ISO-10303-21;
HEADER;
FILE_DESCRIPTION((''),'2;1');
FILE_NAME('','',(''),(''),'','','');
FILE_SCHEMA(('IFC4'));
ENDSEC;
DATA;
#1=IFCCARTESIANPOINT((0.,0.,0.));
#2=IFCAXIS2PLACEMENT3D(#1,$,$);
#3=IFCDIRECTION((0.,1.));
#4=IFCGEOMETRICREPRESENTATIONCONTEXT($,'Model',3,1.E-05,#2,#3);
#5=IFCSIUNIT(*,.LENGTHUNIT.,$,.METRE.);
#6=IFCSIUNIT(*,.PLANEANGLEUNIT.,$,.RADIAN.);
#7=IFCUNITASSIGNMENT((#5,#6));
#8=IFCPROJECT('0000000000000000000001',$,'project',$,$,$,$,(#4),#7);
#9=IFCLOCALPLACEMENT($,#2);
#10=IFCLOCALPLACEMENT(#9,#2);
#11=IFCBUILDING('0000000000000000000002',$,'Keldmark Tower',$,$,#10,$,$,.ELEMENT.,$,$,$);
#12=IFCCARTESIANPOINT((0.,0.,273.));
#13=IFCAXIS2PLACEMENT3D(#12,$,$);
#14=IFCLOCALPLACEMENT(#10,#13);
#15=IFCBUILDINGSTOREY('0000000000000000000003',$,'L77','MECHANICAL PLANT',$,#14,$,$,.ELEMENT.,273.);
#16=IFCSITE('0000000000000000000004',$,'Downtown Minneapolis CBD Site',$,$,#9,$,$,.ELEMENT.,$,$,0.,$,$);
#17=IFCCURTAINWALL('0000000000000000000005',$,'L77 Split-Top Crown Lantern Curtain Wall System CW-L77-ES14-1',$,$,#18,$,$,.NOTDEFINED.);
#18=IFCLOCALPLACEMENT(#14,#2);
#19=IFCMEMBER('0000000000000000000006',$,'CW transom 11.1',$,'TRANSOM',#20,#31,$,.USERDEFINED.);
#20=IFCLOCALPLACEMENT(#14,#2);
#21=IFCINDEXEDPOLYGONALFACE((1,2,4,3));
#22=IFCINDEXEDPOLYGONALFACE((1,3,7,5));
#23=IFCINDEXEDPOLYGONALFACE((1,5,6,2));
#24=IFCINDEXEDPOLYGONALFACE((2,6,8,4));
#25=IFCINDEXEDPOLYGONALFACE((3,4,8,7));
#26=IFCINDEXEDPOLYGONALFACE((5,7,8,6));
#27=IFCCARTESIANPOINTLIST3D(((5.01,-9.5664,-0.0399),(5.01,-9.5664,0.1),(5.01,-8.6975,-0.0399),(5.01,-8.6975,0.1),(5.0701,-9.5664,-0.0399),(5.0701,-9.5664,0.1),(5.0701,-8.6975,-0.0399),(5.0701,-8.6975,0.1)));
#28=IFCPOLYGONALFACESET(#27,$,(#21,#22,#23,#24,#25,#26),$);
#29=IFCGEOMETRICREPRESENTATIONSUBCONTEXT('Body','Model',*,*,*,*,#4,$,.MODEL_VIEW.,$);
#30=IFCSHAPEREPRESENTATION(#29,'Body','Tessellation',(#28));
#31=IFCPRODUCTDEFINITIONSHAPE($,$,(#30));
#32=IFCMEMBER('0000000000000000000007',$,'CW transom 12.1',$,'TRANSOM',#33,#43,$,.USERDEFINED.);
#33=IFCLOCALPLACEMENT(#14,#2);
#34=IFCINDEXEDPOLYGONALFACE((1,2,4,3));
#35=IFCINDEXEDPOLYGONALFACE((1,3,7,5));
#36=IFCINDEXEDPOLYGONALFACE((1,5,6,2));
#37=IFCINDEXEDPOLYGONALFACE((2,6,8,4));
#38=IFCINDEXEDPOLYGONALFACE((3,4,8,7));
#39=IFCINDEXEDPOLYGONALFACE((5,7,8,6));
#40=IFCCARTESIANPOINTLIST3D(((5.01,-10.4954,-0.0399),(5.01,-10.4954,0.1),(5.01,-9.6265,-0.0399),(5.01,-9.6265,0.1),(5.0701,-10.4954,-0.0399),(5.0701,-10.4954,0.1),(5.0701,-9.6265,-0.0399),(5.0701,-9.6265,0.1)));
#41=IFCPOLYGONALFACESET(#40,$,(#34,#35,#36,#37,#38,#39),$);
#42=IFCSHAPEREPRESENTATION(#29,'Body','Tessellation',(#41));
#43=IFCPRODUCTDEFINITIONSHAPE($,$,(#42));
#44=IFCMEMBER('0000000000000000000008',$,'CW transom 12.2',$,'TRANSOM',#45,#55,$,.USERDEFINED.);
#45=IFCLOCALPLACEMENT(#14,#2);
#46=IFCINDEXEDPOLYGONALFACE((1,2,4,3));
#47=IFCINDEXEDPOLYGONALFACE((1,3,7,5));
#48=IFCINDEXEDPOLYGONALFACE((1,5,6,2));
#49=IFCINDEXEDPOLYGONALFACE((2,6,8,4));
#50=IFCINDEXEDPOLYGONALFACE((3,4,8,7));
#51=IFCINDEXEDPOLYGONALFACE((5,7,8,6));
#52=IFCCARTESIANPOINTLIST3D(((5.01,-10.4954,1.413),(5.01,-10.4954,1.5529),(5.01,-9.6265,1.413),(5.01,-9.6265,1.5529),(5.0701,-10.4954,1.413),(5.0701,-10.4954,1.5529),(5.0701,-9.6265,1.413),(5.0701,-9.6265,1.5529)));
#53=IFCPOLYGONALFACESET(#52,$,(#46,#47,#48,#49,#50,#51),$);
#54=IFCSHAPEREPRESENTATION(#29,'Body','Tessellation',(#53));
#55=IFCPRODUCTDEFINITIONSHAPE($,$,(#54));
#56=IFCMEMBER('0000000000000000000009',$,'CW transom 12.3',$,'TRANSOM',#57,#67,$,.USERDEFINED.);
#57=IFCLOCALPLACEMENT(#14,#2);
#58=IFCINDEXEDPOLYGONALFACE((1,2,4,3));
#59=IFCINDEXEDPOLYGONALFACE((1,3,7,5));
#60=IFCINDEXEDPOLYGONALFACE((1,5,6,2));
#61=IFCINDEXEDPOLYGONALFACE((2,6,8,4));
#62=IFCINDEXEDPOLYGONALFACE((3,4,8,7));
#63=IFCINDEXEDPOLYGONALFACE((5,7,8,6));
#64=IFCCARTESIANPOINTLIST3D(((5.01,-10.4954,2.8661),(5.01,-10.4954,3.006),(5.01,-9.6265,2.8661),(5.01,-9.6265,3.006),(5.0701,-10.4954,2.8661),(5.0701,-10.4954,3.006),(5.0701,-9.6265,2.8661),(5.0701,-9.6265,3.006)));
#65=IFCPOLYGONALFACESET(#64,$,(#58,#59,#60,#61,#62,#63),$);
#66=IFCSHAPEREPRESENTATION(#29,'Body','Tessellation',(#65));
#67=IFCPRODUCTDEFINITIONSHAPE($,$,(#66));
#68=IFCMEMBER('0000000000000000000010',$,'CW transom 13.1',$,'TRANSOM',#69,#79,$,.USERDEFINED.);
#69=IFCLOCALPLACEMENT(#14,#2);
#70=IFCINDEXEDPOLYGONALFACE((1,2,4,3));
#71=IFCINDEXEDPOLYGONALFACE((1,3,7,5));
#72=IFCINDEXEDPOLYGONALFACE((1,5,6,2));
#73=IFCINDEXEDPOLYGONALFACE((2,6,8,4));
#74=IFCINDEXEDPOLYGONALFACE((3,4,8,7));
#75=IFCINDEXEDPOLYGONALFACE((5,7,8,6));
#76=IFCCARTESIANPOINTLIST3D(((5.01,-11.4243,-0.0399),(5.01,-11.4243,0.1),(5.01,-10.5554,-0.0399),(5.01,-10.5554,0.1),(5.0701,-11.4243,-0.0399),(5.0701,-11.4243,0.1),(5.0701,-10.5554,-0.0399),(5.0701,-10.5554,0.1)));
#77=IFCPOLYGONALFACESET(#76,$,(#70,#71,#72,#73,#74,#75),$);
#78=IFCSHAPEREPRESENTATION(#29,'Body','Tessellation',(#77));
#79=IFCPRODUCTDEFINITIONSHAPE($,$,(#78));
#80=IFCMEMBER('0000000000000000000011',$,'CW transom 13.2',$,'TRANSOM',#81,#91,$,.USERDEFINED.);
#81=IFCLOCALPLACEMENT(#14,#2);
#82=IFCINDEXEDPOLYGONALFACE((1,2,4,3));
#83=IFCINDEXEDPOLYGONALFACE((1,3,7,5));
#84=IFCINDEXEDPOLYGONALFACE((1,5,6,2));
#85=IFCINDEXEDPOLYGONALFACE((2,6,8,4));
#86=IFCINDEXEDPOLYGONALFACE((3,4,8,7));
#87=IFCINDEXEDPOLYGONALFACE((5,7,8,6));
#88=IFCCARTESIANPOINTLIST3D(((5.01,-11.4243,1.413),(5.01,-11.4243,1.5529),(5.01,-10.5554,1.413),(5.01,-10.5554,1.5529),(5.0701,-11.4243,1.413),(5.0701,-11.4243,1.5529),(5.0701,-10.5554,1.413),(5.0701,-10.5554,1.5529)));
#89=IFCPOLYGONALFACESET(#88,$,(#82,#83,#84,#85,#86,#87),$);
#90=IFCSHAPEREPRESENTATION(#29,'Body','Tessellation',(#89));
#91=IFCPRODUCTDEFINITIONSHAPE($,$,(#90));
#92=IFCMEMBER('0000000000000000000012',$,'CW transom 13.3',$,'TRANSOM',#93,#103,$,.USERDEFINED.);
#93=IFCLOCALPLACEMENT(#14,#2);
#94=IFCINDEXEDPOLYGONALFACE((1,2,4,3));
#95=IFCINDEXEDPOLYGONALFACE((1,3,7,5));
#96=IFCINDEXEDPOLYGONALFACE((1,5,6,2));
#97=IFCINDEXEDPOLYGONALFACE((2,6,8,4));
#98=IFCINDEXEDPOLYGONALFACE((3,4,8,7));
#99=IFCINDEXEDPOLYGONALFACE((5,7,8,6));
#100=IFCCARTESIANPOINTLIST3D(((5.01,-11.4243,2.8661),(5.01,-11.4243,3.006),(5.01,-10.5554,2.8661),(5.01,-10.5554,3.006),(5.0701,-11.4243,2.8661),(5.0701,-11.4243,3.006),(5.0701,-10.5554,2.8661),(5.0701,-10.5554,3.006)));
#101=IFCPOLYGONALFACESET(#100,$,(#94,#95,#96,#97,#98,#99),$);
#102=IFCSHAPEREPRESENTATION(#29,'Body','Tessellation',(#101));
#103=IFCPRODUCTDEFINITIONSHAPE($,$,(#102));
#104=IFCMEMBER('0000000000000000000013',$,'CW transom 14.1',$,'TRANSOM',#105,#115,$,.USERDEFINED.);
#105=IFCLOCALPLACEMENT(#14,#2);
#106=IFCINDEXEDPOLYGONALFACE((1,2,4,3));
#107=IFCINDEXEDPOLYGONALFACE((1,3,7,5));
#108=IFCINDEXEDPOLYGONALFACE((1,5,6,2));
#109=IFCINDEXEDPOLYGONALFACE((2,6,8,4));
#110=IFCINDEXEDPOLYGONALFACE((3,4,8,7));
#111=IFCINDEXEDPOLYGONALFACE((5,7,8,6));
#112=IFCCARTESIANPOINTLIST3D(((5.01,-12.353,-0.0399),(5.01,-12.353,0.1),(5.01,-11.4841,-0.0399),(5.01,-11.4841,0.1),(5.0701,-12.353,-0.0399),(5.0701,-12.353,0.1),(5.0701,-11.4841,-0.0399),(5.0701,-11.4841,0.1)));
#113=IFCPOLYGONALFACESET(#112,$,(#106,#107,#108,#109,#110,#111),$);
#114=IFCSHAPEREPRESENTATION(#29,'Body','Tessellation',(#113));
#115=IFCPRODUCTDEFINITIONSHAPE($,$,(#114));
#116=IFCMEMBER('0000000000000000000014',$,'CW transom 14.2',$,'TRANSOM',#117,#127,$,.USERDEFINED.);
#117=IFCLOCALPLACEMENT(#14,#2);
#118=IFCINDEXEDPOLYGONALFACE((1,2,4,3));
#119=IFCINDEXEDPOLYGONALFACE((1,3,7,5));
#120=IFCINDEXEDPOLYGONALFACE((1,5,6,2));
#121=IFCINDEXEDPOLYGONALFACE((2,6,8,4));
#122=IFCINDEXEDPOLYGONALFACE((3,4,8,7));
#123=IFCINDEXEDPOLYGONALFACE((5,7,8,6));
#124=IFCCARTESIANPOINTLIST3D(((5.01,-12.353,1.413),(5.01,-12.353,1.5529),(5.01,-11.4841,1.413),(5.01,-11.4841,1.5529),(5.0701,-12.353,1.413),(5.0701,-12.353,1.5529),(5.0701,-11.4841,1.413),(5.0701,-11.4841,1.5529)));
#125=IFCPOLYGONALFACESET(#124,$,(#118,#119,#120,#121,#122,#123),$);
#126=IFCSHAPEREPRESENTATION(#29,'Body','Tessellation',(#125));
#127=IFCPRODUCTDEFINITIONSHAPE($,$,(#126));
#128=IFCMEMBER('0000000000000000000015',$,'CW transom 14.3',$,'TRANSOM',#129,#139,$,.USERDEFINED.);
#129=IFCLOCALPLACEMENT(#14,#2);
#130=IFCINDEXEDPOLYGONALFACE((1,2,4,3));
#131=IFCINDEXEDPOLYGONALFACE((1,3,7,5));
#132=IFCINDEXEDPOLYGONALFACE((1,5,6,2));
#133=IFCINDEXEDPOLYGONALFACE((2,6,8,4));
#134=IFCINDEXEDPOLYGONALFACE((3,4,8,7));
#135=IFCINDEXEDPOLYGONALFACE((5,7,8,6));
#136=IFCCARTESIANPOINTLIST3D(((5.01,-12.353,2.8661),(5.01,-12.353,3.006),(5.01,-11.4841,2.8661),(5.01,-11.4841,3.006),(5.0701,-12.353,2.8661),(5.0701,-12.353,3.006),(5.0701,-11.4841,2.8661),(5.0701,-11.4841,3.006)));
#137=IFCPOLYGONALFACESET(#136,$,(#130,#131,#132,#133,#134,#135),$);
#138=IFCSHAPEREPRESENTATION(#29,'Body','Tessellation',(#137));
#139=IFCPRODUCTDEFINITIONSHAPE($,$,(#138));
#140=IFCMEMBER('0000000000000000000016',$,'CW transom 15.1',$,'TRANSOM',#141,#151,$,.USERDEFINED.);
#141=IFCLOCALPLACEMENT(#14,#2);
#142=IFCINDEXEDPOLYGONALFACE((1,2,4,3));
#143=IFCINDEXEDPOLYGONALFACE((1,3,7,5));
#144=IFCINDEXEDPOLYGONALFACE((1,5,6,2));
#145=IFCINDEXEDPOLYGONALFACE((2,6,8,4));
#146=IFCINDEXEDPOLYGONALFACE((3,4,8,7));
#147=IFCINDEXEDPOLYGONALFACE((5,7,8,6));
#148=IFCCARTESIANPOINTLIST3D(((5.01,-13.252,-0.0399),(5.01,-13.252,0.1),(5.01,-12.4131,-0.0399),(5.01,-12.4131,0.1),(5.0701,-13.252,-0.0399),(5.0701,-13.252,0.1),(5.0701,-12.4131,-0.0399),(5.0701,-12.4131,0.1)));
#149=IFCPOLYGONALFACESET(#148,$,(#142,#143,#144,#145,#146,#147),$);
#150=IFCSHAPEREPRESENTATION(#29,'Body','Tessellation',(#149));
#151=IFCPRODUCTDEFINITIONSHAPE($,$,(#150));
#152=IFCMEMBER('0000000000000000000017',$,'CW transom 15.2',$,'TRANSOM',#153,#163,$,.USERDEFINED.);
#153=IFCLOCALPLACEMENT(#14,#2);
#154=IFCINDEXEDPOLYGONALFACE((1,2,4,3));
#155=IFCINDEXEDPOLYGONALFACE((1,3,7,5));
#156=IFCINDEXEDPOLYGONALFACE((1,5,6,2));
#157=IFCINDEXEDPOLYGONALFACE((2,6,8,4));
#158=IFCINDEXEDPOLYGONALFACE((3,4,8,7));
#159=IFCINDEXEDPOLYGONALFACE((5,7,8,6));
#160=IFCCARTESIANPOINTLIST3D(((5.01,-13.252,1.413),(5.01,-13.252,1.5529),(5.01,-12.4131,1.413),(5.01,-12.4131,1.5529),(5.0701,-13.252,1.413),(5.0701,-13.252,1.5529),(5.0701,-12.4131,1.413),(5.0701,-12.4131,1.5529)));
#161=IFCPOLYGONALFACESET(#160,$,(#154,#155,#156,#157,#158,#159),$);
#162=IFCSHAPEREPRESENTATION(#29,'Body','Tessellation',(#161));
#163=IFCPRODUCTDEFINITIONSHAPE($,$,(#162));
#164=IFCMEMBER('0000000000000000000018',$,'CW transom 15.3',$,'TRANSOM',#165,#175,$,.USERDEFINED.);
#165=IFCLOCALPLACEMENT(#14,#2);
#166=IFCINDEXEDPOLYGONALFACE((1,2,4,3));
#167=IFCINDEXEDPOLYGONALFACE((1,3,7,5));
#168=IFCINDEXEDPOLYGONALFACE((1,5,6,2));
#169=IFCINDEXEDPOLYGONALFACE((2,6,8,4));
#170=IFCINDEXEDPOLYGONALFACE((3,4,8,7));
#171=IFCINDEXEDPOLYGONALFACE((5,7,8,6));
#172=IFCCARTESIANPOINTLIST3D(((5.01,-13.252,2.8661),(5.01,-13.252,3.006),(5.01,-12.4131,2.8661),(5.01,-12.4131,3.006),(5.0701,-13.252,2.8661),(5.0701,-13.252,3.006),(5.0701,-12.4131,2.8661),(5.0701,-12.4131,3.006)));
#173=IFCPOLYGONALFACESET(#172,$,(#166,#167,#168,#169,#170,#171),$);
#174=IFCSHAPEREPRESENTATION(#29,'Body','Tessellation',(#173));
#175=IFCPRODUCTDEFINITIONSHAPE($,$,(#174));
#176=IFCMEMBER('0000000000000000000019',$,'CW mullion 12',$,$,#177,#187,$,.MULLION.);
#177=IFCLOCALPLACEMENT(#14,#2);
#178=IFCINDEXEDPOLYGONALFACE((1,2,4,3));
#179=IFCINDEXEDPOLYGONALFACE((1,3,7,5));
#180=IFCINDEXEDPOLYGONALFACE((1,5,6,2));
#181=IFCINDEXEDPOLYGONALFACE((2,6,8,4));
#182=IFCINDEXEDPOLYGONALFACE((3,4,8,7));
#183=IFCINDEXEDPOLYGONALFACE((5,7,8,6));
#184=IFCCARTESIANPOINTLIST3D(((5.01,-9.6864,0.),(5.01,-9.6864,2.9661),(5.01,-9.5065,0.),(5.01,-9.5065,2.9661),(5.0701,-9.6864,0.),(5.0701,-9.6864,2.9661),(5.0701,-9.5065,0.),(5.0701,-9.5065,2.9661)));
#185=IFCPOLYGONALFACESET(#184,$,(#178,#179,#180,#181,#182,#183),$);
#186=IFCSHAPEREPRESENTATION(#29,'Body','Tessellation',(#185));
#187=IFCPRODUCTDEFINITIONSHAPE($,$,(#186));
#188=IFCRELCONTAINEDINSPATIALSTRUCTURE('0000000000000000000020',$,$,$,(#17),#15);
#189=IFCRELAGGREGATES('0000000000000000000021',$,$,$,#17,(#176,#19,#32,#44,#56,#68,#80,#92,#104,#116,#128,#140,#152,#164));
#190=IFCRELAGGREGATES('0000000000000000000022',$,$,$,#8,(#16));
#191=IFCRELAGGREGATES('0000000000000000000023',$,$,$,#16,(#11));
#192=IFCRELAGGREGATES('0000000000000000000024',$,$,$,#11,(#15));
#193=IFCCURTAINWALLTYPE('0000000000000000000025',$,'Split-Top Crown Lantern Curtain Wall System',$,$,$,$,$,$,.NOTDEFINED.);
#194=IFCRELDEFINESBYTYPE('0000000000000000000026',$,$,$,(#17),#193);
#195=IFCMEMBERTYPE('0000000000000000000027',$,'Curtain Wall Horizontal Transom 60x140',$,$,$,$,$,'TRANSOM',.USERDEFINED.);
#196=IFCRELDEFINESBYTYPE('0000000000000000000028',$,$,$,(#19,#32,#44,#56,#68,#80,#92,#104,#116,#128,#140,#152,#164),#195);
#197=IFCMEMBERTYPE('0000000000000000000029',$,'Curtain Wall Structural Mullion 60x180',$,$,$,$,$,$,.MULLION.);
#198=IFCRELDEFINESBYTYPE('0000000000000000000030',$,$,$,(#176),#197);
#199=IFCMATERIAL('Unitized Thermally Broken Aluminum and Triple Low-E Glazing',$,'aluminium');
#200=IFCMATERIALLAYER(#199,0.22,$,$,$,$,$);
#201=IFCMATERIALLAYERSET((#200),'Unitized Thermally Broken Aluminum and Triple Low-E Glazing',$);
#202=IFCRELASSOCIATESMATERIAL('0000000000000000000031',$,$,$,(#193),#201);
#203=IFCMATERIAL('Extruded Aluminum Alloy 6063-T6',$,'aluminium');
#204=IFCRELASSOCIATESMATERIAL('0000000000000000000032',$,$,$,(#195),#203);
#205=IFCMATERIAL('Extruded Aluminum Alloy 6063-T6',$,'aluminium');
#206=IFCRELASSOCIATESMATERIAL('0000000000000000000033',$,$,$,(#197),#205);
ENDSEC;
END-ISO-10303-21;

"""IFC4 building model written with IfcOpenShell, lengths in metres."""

from ifc_helpers import new_model, si_unit, direction, frame, origin, origin_2d, place, context, subcontext, project, spatial, rectangle, extrude, material, layer, layer_set, material_profile, profile_set, type_object, element, aggregate, save


model = new_model("IFC4")

# Units and contexts
model_context = context("Model", 3, precision=1e-05, world=origin(), true_north=direction((0.0, 1.0)))
body_context = subcontext(model_context, "Body", "Model", "MODEL_VIEW")
ifc_project = project(units=[si_unit("LENGTHUNIT", "METRE"), si_unit("PLANEANGLEUNIT", "RADIAN")], contexts=[model_context])

# Site, building, storey
site_placement = place(None, origin())
site = spatial("IfcSite", under=ifc_project, at=site_placement, Name="Downtown Minneapolis CBD Site", CompositionType="ELEMENT", RefElevation=0.0)
building_placement = place(site_placement, origin())
building = spatial("IfcBuilding", under=site, at=building_placement, Name="Keldmark Tower", CompositionType="ELEMENT")
storey_placement = place(building_placement, frame((0.0, 0.0, 273.0)))
storey = spatial("IfcBuildingStorey", under=building, at=storey_placement, Name="L77", Description="MECHANICAL PLANT", CompositionType="ELEMENT", Elevation=273.0)

# Curtain wall, members
ifc_material_1 = material(Name="Unitized Thermally Broken Aluminum and Triple Low-E Glazing", Category="aluminium")
ifc_layer_1 = layer(ifc_material_1, 0.22)
ifc_layer_set_1 = layer_set([ifc_layer_1], Name="Unitized Thermally Broken Aluminum and Triple Low-E Glazing")
curtain_wall_type = type_object("IfcCurtainWallType", Name="Split-Top Crown Lantern Curtain Wall System", PredefinedType="NOTDEFINED", material=ifc_layer_set_1)
curtain_wall_placement = place(storey_placement, origin())
curtain_wall = element("IfcCurtainWall", 1, at=curtain_wall_placement, inside=storey, type_object=curtain_wall_type, Name="L77 Split-Top Crown Lantern Curtain Wall System CW-L77-ES14-1", PredefinedType="NOTDEFINED")
ifc_material_2 = material(Name="Extruded Aluminum Alloy 6063-T6", Category="aluminium")
ifc_material_profile_1 = material_profile(ifc_material_2, rectangle(XDim=0.0601, YDim=0.1399, at=origin_2d()), Name="CWT60X140")
ifc_profile_set_1 = profile_set([ifc_material_profile_1], Name="Extruded Aluminum Alloy 6063-T6")
member_type_1 = type_object("IfcMemberType", Name="Curtain Wall Horizontal Transom 60x140", ElementType="TRANSOM", PredefinedType="USERDEFINED", material=ifc_profile_set_1)
member_1_placement = place(storey_placement, frame((5.04, -8.6975, 0.03), z_axis=(0.0, -1.0, 0.0), x_axis=(1.0, 0.0, 0.0)))
member_1 = element("IfcMember", 2, at=member_1_placement, type_object=member_type_1, Name="CW transom 11.1", ObjectType="TRANSOM", PredefinedType="USERDEFINED", context=body_context, shape_type="SweptSolid", body=[
    extrude(rectangle(XDim=0.0601, YDim=0.1399, at=origin_2d()), origin(), (0.0, 0.0, 1.0), 0.8689),
])
member_2_placement = place(storey_placement, frame((5.04, -9.6265, 0.03), z_axis=(0.0, -1.0, 0.0), x_axis=(1.0, 0.0, 0.0)))
member_2 = element("IfcMember", 3, at=member_2_placement, type_object=member_type_1, Name="CW transom 12.1", ObjectType="TRANSOM", PredefinedType="USERDEFINED", context=body_context, shape_type="SweptSolid", body=[
    extrude(rectangle(XDim=0.0601, YDim=0.1399, at=origin_2d()), origin(), (0.0, 0.0, 1.0), 0.8689),
])
member_3_placement = place(storey_placement, frame((5.04, -9.6265, 1.4829), z_axis=(0.0, -1.0, 0.0), x_axis=(1.0, 0.0, 0.0)))
member_3 = element("IfcMember", 4, at=member_3_placement, type_object=member_type_1, Name="CW transom 12.2", ObjectType="TRANSOM", PredefinedType="USERDEFINED", context=body_context, shape_type="SweptSolid", body=[
    extrude(rectangle(XDim=0.0601, YDim=0.1399, at=origin_2d()), origin(), (0.0, 0.0, 1.0), 0.8689),
])
member_4_placement = place(storey_placement, frame((5.04, -9.6265, 2.936), z_axis=(0.0, -1.0, 0.0), x_axis=(1.0, 0.0, 0.0)))
member_4 = element("IfcMember", 5, at=member_4_placement, type_object=member_type_1, Name="CW transom 12.3", ObjectType="TRANSOM", PredefinedType="USERDEFINED", context=body_context, shape_type="SweptSolid", body=[
    extrude(rectangle(XDim=0.0601, YDim=0.1399, at=origin_2d()), origin(), (0.0, 0.0, 1.0), 0.8689),
])
member_5_placement = place(storey_placement, frame((5.04, -10.5554, 0.03), z_axis=(0.0, -1.0, 0.0), x_axis=(1.0, 0.0, 0.0)))
member_5 = element("IfcMember", 6, at=member_5_placement, type_object=member_type_1, Name="CW transom 13.1", ObjectType="TRANSOM", PredefinedType="USERDEFINED", context=body_context, shape_type="SweptSolid", body=[
    extrude(rectangle(XDim=0.0601, YDim=0.1399, at=origin_2d()), origin(), (0.0, 0.0, 1.0), 0.8689),
])
member_6_placement = place(storey_placement, frame((5.04, -10.5554, 1.4829), z_axis=(0.0, -1.0, 0.0), x_axis=(1.0, 0.0, 0.0)))
member_6 = element("IfcMember", 7, at=member_6_placement, type_object=member_type_1, Name="CW transom 13.2", ObjectType="TRANSOM", PredefinedType="USERDEFINED", context=body_context, shape_type="SweptSolid", body=[
    extrude(rectangle(XDim=0.0601, YDim=0.1399, at=origin_2d()), origin(), (0.0, 0.0, 1.0), 0.8689),
])
member_7_placement = place(storey_placement, frame((5.04, -10.5554, 2.936), z_axis=(0.0, -1.0, 0.0), x_axis=(1.0, 0.0, 0.0)))
member_7 = element("IfcMember", 8, at=member_7_placement, type_object=member_type_1, Name="CW transom 13.3", ObjectType="TRANSOM", PredefinedType="USERDEFINED", context=body_context, shape_type="SweptSolid", body=[
    extrude(rectangle(XDim=0.0601, YDim=0.1399, at=origin_2d()), origin(), (0.0, 0.0, 1.0), 0.8689),
])
member_8_placement = place(storey_placement, frame((5.04, -11.4841, 0.03), z_axis=(0.0, -1.0, 0.0), x_axis=(1.0, 0.0, 0.0)))
member_8 = element("IfcMember", 9, at=member_8_placement, type_object=member_type_1, Name="CW transom 14.1", ObjectType="TRANSOM", PredefinedType="USERDEFINED", context=body_context, shape_type="SweptSolid", body=[
    extrude(rectangle(XDim=0.0601, YDim=0.1399, at=origin_2d()), origin(), (0.0, 0.0, 1.0), 0.8689),
])
member_9_placement = place(storey_placement, frame((5.04, -11.4841, 1.4829), z_axis=(0.0, -1.0, 0.0), x_axis=(1.0, 0.0, 0.0)))
member_9 = element("IfcMember", 10, at=member_9_placement, type_object=member_type_1, Name="CW transom 14.2", ObjectType="TRANSOM", PredefinedType="USERDEFINED", context=body_context, shape_type="SweptSolid", body=[
    extrude(rectangle(XDim=0.0601, YDim=0.1399, at=origin_2d()), origin(), (0.0, 0.0, 1.0), 0.8689),
])
member_10_placement = place(storey_placement, frame((5.04, -11.4841, 2.936), z_axis=(0.0, -1.0, 0.0), x_axis=(1.0, 0.0, 0.0)))
member_10 = element("IfcMember", 11, at=member_10_placement, type_object=member_type_1, Name="CW transom 14.3", ObjectType="TRANSOM", PredefinedType="USERDEFINED", context=body_context, shape_type="SweptSolid", body=[
    extrude(rectangle(XDim=0.0601, YDim=0.1399, at=origin_2d()), origin(), (0.0, 0.0, 1.0), 0.8689),
])
member_11_placement = place(storey_placement, frame((5.04, -12.4131, 0.03), z_axis=(0.0, -1.0, 0.0), x_axis=(1.0, 0.0, 0.0)))
member_11 = element("IfcMember", 12, at=member_11_placement, type_object=member_type_1, Name="CW transom 15.1", ObjectType="TRANSOM", PredefinedType="USERDEFINED", context=body_context, shape_type="SweptSolid", body=[
    extrude(rectangle(XDim=0.0601, YDim=0.1399, at=origin_2d()), origin(), (0.0, 0.0, 1.0), 0.8389),
])
member_12_placement = place(storey_placement, frame((5.04, -12.4131, 1.4829), z_axis=(0.0, -1.0, 0.0), x_axis=(1.0, 0.0, 0.0)))
member_12 = element("IfcMember", 13, at=member_12_placement, type_object=member_type_1, Name="CW transom 15.2", ObjectType="TRANSOM", PredefinedType="USERDEFINED", context=body_context, shape_type="SweptSolid", body=[
    extrude(rectangle(XDim=0.0601, YDim=0.1399, at=origin_2d()), origin(), (0.0, 0.0, 1.0), 0.8389),
])
member_13_placement = place(storey_placement, frame((5.04, -12.4131, 2.936), z_axis=(0.0, -1.0, 0.0), x_axis=(1.0, 0.0, 0.0)))
member_13 = element("IfcMember", 14, at=member_13_placement, type_object=member_type_1, Name="CW transom 15.3", ObjectType="TRANSOM", PredefinedType="USERDEFINED", context=body_context, shape_type="SweptSolid", body=[
    extrude(rectangle(XDim=0.0601, YDim=0.1399, at=origin_2d()), origin(), (0.0, 0.0, 1.0), 0.8389),
])
ifc_material_3 = material(Name="Extruded Aluminum Alloy 6063-T6", Category="aluminium")
ifc_material_profile_2 = material_profile(ifc_material_3, rectangle(XDim=0.0601, YDim=0.1799, at=origin_2d()), Name="CWM60X180")
ifc_profile_set_2 = profile_set([ifc_material_profile_2], Name="Extruded Aluminum Alloy 6063-T6")
member_type_2 = type_object("IfcMemberType", Name="Curtain Wall Structural Mullion 60x180", PredefinedType="MULLION", material=ifc_profile_set_2)
member_14_placement = place(storey_placement, frame((5.04, -9.5964, 0.0), z_axis=(0.0, 0.0, 1.0), x_axis=(1.0, 0.0, 0.0)))
member_14 = element("IfcMember", 15, at=member_14_placement, type_object=member_type_2, Name="CW mullion 12", PredefinedType="MULLION", context=body_context, shape_type="SweptSolid", body=[
    extrude(rectangle(XDim=0.0601, YDim=0.1799, at=origin_2d()), origin(), (0.0, 0.0, 1.0), 2.9661),
])

aggregate(curtain_wall, [member_14, member_1, member_2, member_3, member_4, member_5, member_6, member_7, member_8, member_9, member_10, member_11, member_12, member_13])

save(model, "model.ifc")
